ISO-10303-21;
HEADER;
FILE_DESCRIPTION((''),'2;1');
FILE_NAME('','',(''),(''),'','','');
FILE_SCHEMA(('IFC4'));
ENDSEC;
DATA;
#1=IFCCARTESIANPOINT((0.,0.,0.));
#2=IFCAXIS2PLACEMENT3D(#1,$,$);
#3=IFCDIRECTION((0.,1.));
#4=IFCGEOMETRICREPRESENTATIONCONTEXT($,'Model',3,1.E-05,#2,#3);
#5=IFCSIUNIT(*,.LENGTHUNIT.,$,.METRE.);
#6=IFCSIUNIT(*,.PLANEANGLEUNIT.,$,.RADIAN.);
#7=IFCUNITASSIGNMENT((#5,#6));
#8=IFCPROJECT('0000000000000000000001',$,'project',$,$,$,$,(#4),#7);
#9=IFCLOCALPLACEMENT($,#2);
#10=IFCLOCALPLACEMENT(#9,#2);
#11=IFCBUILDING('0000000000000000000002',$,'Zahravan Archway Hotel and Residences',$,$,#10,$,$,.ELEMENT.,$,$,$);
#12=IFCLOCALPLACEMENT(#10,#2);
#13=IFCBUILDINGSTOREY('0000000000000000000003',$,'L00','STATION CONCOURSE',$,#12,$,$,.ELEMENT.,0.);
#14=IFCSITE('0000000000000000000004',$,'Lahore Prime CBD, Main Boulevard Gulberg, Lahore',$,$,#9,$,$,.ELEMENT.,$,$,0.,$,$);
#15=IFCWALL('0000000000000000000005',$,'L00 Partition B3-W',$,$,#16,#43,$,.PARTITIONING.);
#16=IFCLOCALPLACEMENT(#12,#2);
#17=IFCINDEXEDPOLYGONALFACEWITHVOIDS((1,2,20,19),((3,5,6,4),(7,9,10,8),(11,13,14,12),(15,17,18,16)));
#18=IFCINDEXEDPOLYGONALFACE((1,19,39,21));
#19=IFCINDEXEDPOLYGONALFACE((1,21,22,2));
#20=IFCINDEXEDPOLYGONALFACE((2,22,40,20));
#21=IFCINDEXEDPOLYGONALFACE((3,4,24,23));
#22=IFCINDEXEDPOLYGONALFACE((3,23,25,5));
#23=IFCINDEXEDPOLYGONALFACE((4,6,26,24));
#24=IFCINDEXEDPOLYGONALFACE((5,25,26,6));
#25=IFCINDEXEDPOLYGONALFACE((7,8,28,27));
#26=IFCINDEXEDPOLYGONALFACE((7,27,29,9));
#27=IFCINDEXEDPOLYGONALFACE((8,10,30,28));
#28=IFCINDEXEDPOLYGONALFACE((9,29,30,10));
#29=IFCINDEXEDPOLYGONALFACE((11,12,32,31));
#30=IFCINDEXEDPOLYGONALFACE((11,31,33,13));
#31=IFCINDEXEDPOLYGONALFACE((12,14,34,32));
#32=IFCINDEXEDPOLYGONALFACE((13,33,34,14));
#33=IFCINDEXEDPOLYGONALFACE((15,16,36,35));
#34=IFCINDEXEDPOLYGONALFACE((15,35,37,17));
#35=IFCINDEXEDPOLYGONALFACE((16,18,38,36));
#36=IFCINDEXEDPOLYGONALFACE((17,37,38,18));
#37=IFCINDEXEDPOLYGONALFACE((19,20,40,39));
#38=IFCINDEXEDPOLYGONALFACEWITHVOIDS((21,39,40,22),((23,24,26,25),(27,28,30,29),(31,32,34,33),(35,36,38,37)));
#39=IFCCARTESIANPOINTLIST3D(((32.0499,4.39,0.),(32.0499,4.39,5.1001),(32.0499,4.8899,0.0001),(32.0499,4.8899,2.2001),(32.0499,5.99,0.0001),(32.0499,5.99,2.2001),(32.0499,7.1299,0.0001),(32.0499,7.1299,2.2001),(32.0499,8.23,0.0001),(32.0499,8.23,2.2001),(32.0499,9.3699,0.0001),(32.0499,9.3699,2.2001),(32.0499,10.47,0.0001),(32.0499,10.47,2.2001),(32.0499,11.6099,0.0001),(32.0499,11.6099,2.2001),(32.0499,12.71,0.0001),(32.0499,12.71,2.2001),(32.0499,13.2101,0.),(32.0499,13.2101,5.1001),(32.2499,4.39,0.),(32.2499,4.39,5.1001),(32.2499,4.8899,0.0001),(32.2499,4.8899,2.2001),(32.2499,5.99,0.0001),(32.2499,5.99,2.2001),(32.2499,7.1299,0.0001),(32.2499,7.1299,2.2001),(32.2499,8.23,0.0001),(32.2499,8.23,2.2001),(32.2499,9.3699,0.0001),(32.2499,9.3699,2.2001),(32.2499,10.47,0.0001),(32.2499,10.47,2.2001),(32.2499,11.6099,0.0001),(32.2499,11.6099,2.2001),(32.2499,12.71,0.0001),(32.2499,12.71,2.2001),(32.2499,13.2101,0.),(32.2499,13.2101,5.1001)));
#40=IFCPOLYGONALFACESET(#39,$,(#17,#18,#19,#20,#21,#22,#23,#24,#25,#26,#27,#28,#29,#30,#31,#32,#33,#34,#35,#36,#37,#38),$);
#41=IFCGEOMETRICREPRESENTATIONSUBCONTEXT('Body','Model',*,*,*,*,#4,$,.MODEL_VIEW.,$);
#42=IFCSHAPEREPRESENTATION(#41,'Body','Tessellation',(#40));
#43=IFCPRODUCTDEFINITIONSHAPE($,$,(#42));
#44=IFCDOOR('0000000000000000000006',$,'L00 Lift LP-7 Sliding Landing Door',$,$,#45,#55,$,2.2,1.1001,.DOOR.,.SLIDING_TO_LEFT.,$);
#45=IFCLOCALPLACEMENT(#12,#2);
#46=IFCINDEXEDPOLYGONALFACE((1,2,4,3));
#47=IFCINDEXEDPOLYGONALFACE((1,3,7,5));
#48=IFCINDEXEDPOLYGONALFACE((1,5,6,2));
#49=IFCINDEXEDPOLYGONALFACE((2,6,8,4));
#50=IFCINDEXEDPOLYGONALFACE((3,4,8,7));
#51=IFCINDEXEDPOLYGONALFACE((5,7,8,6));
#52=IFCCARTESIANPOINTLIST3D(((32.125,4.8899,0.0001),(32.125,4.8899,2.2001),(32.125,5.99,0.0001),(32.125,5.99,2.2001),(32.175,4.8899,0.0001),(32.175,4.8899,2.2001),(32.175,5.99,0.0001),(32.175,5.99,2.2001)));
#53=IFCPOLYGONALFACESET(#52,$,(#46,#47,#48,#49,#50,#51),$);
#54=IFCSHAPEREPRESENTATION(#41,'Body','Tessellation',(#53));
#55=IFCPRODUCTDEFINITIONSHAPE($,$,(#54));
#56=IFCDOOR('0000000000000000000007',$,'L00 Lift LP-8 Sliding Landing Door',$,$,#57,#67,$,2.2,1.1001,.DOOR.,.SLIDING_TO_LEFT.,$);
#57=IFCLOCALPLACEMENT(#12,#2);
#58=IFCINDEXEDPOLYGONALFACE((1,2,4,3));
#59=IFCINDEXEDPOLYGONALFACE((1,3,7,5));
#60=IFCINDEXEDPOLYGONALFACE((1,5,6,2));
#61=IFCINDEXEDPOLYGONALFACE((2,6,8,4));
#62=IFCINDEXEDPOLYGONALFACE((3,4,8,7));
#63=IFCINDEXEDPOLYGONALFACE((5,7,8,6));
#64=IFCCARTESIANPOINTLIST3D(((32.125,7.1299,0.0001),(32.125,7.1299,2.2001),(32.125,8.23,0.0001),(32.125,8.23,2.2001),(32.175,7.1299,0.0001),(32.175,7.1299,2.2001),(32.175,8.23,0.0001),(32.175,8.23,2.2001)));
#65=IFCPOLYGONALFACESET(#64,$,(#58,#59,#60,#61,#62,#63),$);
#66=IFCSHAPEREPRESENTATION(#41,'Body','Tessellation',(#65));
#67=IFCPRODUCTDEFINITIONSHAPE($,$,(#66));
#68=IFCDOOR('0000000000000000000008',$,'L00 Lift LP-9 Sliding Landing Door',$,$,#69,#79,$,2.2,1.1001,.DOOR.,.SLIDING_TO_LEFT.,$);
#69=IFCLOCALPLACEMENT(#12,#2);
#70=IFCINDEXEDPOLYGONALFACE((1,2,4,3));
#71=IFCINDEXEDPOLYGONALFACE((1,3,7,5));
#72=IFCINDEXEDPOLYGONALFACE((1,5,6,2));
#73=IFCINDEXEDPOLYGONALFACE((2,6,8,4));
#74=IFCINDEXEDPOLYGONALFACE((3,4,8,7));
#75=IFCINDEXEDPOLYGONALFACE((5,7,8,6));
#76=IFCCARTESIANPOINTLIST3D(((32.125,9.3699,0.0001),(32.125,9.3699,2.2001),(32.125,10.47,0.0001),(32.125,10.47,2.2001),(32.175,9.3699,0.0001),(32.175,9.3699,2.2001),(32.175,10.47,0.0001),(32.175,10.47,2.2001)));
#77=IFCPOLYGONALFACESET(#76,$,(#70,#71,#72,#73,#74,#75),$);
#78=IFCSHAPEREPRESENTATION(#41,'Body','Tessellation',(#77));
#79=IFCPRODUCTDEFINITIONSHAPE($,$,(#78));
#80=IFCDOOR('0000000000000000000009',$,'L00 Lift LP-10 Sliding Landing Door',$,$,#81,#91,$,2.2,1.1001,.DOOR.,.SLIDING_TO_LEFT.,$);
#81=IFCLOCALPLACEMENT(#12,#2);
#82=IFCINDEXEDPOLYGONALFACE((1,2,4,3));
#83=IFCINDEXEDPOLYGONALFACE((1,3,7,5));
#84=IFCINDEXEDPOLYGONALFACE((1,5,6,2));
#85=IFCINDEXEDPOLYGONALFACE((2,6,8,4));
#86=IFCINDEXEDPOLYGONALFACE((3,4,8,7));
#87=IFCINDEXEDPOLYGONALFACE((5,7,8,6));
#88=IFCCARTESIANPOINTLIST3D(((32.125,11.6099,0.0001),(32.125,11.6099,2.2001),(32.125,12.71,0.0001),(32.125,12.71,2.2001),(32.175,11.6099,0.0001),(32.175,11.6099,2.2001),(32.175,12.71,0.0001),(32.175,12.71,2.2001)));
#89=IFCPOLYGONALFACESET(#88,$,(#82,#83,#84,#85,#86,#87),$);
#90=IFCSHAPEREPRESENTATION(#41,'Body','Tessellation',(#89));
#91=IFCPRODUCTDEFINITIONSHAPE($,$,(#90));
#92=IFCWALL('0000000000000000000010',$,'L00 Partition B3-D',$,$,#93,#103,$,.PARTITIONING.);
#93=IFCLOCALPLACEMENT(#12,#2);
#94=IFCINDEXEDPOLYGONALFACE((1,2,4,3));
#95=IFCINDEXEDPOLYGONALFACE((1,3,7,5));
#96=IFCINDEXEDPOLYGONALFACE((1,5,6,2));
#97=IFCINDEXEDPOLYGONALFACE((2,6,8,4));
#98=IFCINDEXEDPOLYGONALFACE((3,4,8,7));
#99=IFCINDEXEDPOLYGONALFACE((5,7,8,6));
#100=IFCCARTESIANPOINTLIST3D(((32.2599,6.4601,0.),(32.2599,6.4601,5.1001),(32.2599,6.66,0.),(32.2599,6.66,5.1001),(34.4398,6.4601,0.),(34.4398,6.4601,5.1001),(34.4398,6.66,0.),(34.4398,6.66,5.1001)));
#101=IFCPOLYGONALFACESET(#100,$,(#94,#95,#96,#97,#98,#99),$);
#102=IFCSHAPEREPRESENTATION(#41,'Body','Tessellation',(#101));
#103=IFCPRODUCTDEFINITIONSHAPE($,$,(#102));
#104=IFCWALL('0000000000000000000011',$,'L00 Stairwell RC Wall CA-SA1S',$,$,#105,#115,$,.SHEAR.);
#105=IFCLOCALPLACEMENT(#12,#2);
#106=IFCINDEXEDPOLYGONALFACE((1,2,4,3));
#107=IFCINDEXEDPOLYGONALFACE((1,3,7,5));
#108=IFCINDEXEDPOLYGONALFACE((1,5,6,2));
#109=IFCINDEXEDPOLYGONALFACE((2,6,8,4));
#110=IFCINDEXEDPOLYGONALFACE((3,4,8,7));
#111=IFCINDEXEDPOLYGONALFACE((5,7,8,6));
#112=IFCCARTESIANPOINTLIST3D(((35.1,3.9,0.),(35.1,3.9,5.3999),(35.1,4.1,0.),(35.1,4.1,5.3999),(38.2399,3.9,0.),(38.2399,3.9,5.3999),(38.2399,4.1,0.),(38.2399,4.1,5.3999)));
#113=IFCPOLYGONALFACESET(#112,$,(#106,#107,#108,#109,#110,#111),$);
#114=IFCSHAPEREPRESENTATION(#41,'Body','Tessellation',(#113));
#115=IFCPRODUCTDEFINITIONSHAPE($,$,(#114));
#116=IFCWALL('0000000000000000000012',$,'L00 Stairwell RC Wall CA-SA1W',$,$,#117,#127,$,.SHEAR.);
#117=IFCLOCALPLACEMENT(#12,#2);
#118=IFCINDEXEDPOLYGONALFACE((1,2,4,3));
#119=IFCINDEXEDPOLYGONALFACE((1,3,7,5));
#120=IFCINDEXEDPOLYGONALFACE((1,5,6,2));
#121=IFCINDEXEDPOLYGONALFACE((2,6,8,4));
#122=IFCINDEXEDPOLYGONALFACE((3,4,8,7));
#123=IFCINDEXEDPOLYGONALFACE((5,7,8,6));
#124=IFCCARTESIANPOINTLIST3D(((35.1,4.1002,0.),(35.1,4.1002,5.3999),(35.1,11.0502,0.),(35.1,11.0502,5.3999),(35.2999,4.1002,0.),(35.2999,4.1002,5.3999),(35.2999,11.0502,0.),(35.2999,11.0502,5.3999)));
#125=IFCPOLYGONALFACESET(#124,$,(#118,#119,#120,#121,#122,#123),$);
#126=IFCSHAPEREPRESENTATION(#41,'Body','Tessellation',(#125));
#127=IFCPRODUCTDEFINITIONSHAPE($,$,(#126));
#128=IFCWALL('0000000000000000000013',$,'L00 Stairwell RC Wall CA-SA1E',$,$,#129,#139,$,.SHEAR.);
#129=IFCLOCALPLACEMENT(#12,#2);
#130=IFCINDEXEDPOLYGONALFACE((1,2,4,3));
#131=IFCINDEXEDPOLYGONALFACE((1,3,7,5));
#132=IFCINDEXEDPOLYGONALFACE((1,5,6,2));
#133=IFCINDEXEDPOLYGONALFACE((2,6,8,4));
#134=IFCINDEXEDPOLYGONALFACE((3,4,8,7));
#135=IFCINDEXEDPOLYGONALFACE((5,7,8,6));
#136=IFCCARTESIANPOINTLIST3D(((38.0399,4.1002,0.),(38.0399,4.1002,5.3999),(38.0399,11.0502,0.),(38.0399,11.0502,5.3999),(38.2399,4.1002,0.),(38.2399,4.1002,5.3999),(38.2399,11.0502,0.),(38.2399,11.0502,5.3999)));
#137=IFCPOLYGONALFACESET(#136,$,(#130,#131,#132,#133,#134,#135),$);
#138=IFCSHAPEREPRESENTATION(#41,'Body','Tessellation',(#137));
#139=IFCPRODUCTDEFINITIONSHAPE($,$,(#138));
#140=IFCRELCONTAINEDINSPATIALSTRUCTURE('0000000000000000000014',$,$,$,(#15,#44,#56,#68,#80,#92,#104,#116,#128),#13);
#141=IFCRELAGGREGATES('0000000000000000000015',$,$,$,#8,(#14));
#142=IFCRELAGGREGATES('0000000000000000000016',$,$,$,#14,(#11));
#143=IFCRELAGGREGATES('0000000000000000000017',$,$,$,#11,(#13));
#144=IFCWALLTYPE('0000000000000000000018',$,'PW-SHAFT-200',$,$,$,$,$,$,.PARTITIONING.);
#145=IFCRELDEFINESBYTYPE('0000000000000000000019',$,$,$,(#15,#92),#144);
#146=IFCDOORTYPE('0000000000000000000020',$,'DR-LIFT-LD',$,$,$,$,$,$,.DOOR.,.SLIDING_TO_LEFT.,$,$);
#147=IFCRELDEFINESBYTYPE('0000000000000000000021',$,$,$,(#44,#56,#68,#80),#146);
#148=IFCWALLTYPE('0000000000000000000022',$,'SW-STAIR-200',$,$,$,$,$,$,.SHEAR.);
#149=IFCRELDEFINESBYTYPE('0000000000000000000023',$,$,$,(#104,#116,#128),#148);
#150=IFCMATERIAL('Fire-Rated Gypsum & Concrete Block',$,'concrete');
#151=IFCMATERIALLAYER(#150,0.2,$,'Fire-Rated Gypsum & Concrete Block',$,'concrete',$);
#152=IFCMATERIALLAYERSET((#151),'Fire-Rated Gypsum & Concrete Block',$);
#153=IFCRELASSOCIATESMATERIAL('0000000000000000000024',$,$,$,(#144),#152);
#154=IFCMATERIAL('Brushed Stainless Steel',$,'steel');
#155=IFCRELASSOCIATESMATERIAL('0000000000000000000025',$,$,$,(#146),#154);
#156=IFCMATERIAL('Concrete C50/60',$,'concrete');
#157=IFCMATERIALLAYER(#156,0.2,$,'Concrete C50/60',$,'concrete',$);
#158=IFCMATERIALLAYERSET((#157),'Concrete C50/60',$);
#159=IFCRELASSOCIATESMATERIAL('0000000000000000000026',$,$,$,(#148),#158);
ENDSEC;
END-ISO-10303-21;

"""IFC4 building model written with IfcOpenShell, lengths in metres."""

from ifc_helpers import new_model, si_unit, direction, frame, frame_2d, origin, place, context, subcontext, project, spatial, rectangle, extrude, source, transform, mapped, material, layer, layer_set, type_object, type_shapes, element, fill, save


model = new_model("IFC4")

# Units and contexts
model_context = context("Model", 3, precision=1e-05, world=origin(), true_north=direction((0.0, 1.0)))
body_context = subcontext(model_context, "Body", "Model", "MODEL_VIEW")
ifc_project = project(units=[si_unit("LENGTHUNIT", "METRE"), si_unit("PLANEANGLEUNIT", "RADIAN")], contexts=[model_context])

# Site, building, storey
site_placement = place(None, origin())
site = spatial("IfcSite", under=ifc_project, at=site_placement, Name="Lahore Prime CBD, Main Boulevard Gulberg, Lahore", CompositionType="ELEMENT", RefElevation=0.0)
building_placement = place(site_placement, origin())
building = spatial("IfcBuilding", under=site, at=building_placement, Name="Zahravan Archway Hotel and Residences", CompositionType="ELEMENT")
storey_placement = place(building_placement, origin())
storey = spatial("IfcBuildingStorey", under=building, at=storey_placement, Name="L00", Description="STATION CONCOURSE", CompositionType="ELEMENT", Elevation=0.0)

# Shared definitions
ifc_material_1 = material(Name="Fire-Rated Gypsum & Concrete Block", Category="concrete")
ifc_layer_1 = layer(ifc_material_1, 0.2, Name="Fire-Rated Gypsum & Concrete Block", Category="concrete")
ifc_layer_set_1 = layer_set([ifc_layer_1], Name="Fire-Rated Gypsum & Concrete Block")
wall_type_1 = type_object("IfcWallType", Name="PW-SHAFT-200", PredefinedType="PARTITIONING", material=ifc_layer_set_1)

# Wall, openings, doors
wall_1_placement = place(storey_placement, frame((32.1499, 4.3899, 0.0), z_axis=(0.0, 0.0, 1.0), x_axis=(0.0, 1.0, 0.0)))
wall_1 = element("IfcWall", 1, at=wall_1_placement, inside=storey, type_object=wall_type_1, Name="L00 Partition B3-W", PredefinedType="PARTITIONING", context=body_context, shape_type="SweptSolid", body=[
    extrude(rectangle(XDim=8.8201, YDim=0.2, at=frame_2d((4.4102, 0.0))), origin(), (0.0, 0.0, 1.0), 5.1001),
])
opening_1_placement = place(wall_1_placement, frame((0.5, 0.0, 0.0)))
opening_1 = element("IfcOpeningElement", 2, at=opening_1_placement, cuts=wall_1, PredefinedType="OPENING", context=body_context, shape_type="SweptSolid", body=[
    extrude(rectangle(XDim=1.1001, YDim=2.2, at=frame_2d((0.55, 1.1001))), frame((0.0, 0.1099, 0.0), z_axis=(0.0, -1.0, 0.0), x_axis=(1.0, 0.0, 0.0)), (0.0, 0.0, 1.0), 0.22),
])
opening_2_placement = place(wall_1_placement, frame((2.74, 0.0, 0.0)))
opening_2 = element("IfcOpeningElement", 3, at=opening_2_placement, cuts=wall_1, PredefinedType="OPENING", context=body_context, shape_type="SweptSolid", body=[
    extrude(rectangle(XDim=1.1001, YDim=2.2, at=frame_2d((0.55, 1.1001))), frame((0.0, 0.1099, 0.0), z_axis=(0.0, -1.0, 0.0), x_axis=(1.0, 0.0, 0.0)), (0.0, 0.0, 1.0), 0.22),
])
opening_3_placement = place(wall_1_placement, frame((4.98, 0.0, 0.0)))
opening_3 = element("IfcOpeningElement", 4, at=opening_3_placement, cuts=wall_1, PredefinedType="OPENING", context=body_context, shape_type="SweptSolid", body=[
    extrude(rectangle(XDim=1.1001, YDim=2.2, at=frame_2d((0.55, 1.1001))), frame((0.0, 0.1099, 0.0), z_axis=(0.0, -1.0, 0.0), x_axis=(1.0, 0.0, 0.0)), (0.0, 0.0, 1.0), 0.22),
])
opening_4_placement = place(wall_1_placement, frame((7.22, 0.0, 0.0)))
opening_4 = element("IfcOpeningElement", 5, at=opening_4_placement, cuts=wall_1, PredefinedType="OPENING", context=body_context, shape_type="SweptSolid", body=[
    extrude(rectangle(XDim=1.1001, YDim=2.2, at=frame_2d((0.55, 1.1001))), frame((0.0, 0.1099, 0.0), z_axis=(0.0, -1.0, 0.0), x_axis=(1.0, 0.0, 0.0)), (0.0, 0.0, 1.0), 0.22),
])
ifc_material_2 = material(Name="Brushed Stainless Steel", Category="steel")
door_type = type_object("IfcDoorType", Name="DR-LIFT-LD", OperationType="SLIDING_TO_LEFT", PredefinedType="DOOR", material=ifc_material_2)
shared_shape_1 = source(origin(), body_context, "Body", "SweptSolid", [
    extrude(rectangle(XDim=1.1001, YDim=2.2, at=frame_2d((0.55, 1.1001))), frame((0.0, 0.0249, 0.0), z_axis=(0.0, -1.0, 0.0), x_axis=(1.0, 0.0, 0.0)), (0.0, 0.0, 1.0), 0.05),
])
type_shapes(door_type, [shared_shape_1])
door_1_placement = place(opening_1_placement, origin())
door_1 = element("IfcDoor", 6, at=door_1_placement, inside=storey, type_object=door_type, Name="L00 Lift LP-7 Sliding Landing Door", OperationType="SLIDING_TO_LEFT", OverallHeight=2.2, OverallWidth=1.1001, PredefinedType="DOOR", context=body_context, shape_type="MappedRepresentation", body=[
    mapped(shared_shape_1, transform((0.0, 0.0, 0.0), scale=1.0)),
])
fill(opening_1, door_1)
door_2_placement = place(opening_2_placement, origin())
door_2 = element("IfcDoor", 7, at=door_2_placement, inside=storey, type_object=door_type, Name="L00 Lift LP-8 Sliding Landing Door", OperationType="SLIDING_TO_LEFT", OverallHeight=2.2, OverallWidth=1.1001, PredefinedType="DOOR", context=body_context, shape_type="MappedRepresentation", body=[
    mapped(shared_shape_1, transform((0.0, 0.0, 0.0), scale=1.0)),
])
fill(opening_2, door_2)
door_3_placement = place(opening_3_placement, origin())
door_3 = element("IfcDoor", 8, at=door_3_placement, inside=storey, type_object=door_type, Name="L00 Lift LP-9 Sliding Landing Door", OperationType="SLIDING_TO_LEFT", OverallHeight=2.2, OverallWidth=1.1001, PredefinedType="DOOR", context=body_context, shape_type="MappedRepresentation", body=[
    mapped(shared_shape_1, transform((0.0, 0.0, 0.0), scale=1.0)),
])
fill(opening_3, door_3)
door_4_placement = place(opening_4_placement, origin())
door_4 = element("IfcDoor", 9, at=door_4_placement, inside=storey, type_object=door_type, Name="L00 Lift LP-10 Sliding Landing Door", OperationType="SLIDING_TO_LEFT", OverallHeight=2.2, OverallWidth=1.1001, PredefinedType="DOOR", context=body_context, shape_type="MappedRepresentation", body=[
    mapped(shared_shape_1, transform((0.0, 0.0, 0.0), scale=1.0)),
])
fill(opening_4, door_4)

# Walls
wall_2_placement = place(storey_placement, frame((32.26, 6.5601, 0.0), z_axis=(0.0, 0.0, 1.0), x_axis=(1.0, 0.0, 0.0)))
element("IfcWall", 10, at=wall_2_placement, inside=storey, type_object=wall_type_1, Name="L00 Partition B3-D", PredefinedType="PARTITIONING", context=body_context, shape_type="SweptSolid", body=[
    extrude(rectangle(XDim=2.1799, YDim=0.2, at=frame_2d((1.0898, 0.0))), origin(), (0.0, 0.0, 1.0), 5.1001),
])
ifc_material_3 = material(Name="Concrete C50/60", Category="concrete")
ifc_layer_2 = layer(ifc_material_3, 0.2, Name="Concrete C50/60", Category="concrete")
ifc_layer_set_2 = layer_set([ifc_layer_2], Name="Concrete C50/60")
wall_type_2 = type_object("IfcWallType", Name="SW-STAIR-200", PredefinedType="SHEAR", material=ifc_layer_set_2)
wall_3_placement = place(storey_placement, frame((35.1001, 4.0, 0.0), z_axis=(0.0, 0.0, 1.0), x_axis=(1.0, 0.0, 0.0)))
element("IfcWall", 11, at=wall_3_placement, inside=storey, type_object=wall_type_2, Name="L00 Stairwell RC Wall CA-SA1S", PredefinedType="SHEAR", context=body_context, shape_type="SweptSolid", body=[
    extrude(rectangle(XDim=3.1399, YDim=0.2, at=frame_2d((1.5698, 0.0))), origin(), (0.0, 0.0, 1.0), 5.3999),
])
for number, where, z_axis, x_axis, name in (
    (12, (35.2, 4.1001, 0.0), (0.0, 0.0, 1.0), (0.0, 1.0, 0.0), "L00 Stairwell RC Wall CA-SA1W"),
    (13, (38.1399, 4.1001, 0.0), (0.0, 0.0, 1.0), (0.0, 1.0, 0.0), "L00 Stairwell RC Wall CA-SA1E"),
):
    element("IfcWall", number, at=place(storey_placement, frame(where, z_axis=z_axis, x_axis=x_axis)), inside=storey, type_object=wall_type_2, Name=name, PredefinedType="SHEAR", context=body_context, shape_type="SweptSolid", body=[
        extrude(rectangle(XDim=6.95, YDim=0.2, at=frame_2d((3.4751, 0.0))), origin(), (0.0, 0.0, 1.0), 5.3999),
    ])

save(model, "model.ifc")
